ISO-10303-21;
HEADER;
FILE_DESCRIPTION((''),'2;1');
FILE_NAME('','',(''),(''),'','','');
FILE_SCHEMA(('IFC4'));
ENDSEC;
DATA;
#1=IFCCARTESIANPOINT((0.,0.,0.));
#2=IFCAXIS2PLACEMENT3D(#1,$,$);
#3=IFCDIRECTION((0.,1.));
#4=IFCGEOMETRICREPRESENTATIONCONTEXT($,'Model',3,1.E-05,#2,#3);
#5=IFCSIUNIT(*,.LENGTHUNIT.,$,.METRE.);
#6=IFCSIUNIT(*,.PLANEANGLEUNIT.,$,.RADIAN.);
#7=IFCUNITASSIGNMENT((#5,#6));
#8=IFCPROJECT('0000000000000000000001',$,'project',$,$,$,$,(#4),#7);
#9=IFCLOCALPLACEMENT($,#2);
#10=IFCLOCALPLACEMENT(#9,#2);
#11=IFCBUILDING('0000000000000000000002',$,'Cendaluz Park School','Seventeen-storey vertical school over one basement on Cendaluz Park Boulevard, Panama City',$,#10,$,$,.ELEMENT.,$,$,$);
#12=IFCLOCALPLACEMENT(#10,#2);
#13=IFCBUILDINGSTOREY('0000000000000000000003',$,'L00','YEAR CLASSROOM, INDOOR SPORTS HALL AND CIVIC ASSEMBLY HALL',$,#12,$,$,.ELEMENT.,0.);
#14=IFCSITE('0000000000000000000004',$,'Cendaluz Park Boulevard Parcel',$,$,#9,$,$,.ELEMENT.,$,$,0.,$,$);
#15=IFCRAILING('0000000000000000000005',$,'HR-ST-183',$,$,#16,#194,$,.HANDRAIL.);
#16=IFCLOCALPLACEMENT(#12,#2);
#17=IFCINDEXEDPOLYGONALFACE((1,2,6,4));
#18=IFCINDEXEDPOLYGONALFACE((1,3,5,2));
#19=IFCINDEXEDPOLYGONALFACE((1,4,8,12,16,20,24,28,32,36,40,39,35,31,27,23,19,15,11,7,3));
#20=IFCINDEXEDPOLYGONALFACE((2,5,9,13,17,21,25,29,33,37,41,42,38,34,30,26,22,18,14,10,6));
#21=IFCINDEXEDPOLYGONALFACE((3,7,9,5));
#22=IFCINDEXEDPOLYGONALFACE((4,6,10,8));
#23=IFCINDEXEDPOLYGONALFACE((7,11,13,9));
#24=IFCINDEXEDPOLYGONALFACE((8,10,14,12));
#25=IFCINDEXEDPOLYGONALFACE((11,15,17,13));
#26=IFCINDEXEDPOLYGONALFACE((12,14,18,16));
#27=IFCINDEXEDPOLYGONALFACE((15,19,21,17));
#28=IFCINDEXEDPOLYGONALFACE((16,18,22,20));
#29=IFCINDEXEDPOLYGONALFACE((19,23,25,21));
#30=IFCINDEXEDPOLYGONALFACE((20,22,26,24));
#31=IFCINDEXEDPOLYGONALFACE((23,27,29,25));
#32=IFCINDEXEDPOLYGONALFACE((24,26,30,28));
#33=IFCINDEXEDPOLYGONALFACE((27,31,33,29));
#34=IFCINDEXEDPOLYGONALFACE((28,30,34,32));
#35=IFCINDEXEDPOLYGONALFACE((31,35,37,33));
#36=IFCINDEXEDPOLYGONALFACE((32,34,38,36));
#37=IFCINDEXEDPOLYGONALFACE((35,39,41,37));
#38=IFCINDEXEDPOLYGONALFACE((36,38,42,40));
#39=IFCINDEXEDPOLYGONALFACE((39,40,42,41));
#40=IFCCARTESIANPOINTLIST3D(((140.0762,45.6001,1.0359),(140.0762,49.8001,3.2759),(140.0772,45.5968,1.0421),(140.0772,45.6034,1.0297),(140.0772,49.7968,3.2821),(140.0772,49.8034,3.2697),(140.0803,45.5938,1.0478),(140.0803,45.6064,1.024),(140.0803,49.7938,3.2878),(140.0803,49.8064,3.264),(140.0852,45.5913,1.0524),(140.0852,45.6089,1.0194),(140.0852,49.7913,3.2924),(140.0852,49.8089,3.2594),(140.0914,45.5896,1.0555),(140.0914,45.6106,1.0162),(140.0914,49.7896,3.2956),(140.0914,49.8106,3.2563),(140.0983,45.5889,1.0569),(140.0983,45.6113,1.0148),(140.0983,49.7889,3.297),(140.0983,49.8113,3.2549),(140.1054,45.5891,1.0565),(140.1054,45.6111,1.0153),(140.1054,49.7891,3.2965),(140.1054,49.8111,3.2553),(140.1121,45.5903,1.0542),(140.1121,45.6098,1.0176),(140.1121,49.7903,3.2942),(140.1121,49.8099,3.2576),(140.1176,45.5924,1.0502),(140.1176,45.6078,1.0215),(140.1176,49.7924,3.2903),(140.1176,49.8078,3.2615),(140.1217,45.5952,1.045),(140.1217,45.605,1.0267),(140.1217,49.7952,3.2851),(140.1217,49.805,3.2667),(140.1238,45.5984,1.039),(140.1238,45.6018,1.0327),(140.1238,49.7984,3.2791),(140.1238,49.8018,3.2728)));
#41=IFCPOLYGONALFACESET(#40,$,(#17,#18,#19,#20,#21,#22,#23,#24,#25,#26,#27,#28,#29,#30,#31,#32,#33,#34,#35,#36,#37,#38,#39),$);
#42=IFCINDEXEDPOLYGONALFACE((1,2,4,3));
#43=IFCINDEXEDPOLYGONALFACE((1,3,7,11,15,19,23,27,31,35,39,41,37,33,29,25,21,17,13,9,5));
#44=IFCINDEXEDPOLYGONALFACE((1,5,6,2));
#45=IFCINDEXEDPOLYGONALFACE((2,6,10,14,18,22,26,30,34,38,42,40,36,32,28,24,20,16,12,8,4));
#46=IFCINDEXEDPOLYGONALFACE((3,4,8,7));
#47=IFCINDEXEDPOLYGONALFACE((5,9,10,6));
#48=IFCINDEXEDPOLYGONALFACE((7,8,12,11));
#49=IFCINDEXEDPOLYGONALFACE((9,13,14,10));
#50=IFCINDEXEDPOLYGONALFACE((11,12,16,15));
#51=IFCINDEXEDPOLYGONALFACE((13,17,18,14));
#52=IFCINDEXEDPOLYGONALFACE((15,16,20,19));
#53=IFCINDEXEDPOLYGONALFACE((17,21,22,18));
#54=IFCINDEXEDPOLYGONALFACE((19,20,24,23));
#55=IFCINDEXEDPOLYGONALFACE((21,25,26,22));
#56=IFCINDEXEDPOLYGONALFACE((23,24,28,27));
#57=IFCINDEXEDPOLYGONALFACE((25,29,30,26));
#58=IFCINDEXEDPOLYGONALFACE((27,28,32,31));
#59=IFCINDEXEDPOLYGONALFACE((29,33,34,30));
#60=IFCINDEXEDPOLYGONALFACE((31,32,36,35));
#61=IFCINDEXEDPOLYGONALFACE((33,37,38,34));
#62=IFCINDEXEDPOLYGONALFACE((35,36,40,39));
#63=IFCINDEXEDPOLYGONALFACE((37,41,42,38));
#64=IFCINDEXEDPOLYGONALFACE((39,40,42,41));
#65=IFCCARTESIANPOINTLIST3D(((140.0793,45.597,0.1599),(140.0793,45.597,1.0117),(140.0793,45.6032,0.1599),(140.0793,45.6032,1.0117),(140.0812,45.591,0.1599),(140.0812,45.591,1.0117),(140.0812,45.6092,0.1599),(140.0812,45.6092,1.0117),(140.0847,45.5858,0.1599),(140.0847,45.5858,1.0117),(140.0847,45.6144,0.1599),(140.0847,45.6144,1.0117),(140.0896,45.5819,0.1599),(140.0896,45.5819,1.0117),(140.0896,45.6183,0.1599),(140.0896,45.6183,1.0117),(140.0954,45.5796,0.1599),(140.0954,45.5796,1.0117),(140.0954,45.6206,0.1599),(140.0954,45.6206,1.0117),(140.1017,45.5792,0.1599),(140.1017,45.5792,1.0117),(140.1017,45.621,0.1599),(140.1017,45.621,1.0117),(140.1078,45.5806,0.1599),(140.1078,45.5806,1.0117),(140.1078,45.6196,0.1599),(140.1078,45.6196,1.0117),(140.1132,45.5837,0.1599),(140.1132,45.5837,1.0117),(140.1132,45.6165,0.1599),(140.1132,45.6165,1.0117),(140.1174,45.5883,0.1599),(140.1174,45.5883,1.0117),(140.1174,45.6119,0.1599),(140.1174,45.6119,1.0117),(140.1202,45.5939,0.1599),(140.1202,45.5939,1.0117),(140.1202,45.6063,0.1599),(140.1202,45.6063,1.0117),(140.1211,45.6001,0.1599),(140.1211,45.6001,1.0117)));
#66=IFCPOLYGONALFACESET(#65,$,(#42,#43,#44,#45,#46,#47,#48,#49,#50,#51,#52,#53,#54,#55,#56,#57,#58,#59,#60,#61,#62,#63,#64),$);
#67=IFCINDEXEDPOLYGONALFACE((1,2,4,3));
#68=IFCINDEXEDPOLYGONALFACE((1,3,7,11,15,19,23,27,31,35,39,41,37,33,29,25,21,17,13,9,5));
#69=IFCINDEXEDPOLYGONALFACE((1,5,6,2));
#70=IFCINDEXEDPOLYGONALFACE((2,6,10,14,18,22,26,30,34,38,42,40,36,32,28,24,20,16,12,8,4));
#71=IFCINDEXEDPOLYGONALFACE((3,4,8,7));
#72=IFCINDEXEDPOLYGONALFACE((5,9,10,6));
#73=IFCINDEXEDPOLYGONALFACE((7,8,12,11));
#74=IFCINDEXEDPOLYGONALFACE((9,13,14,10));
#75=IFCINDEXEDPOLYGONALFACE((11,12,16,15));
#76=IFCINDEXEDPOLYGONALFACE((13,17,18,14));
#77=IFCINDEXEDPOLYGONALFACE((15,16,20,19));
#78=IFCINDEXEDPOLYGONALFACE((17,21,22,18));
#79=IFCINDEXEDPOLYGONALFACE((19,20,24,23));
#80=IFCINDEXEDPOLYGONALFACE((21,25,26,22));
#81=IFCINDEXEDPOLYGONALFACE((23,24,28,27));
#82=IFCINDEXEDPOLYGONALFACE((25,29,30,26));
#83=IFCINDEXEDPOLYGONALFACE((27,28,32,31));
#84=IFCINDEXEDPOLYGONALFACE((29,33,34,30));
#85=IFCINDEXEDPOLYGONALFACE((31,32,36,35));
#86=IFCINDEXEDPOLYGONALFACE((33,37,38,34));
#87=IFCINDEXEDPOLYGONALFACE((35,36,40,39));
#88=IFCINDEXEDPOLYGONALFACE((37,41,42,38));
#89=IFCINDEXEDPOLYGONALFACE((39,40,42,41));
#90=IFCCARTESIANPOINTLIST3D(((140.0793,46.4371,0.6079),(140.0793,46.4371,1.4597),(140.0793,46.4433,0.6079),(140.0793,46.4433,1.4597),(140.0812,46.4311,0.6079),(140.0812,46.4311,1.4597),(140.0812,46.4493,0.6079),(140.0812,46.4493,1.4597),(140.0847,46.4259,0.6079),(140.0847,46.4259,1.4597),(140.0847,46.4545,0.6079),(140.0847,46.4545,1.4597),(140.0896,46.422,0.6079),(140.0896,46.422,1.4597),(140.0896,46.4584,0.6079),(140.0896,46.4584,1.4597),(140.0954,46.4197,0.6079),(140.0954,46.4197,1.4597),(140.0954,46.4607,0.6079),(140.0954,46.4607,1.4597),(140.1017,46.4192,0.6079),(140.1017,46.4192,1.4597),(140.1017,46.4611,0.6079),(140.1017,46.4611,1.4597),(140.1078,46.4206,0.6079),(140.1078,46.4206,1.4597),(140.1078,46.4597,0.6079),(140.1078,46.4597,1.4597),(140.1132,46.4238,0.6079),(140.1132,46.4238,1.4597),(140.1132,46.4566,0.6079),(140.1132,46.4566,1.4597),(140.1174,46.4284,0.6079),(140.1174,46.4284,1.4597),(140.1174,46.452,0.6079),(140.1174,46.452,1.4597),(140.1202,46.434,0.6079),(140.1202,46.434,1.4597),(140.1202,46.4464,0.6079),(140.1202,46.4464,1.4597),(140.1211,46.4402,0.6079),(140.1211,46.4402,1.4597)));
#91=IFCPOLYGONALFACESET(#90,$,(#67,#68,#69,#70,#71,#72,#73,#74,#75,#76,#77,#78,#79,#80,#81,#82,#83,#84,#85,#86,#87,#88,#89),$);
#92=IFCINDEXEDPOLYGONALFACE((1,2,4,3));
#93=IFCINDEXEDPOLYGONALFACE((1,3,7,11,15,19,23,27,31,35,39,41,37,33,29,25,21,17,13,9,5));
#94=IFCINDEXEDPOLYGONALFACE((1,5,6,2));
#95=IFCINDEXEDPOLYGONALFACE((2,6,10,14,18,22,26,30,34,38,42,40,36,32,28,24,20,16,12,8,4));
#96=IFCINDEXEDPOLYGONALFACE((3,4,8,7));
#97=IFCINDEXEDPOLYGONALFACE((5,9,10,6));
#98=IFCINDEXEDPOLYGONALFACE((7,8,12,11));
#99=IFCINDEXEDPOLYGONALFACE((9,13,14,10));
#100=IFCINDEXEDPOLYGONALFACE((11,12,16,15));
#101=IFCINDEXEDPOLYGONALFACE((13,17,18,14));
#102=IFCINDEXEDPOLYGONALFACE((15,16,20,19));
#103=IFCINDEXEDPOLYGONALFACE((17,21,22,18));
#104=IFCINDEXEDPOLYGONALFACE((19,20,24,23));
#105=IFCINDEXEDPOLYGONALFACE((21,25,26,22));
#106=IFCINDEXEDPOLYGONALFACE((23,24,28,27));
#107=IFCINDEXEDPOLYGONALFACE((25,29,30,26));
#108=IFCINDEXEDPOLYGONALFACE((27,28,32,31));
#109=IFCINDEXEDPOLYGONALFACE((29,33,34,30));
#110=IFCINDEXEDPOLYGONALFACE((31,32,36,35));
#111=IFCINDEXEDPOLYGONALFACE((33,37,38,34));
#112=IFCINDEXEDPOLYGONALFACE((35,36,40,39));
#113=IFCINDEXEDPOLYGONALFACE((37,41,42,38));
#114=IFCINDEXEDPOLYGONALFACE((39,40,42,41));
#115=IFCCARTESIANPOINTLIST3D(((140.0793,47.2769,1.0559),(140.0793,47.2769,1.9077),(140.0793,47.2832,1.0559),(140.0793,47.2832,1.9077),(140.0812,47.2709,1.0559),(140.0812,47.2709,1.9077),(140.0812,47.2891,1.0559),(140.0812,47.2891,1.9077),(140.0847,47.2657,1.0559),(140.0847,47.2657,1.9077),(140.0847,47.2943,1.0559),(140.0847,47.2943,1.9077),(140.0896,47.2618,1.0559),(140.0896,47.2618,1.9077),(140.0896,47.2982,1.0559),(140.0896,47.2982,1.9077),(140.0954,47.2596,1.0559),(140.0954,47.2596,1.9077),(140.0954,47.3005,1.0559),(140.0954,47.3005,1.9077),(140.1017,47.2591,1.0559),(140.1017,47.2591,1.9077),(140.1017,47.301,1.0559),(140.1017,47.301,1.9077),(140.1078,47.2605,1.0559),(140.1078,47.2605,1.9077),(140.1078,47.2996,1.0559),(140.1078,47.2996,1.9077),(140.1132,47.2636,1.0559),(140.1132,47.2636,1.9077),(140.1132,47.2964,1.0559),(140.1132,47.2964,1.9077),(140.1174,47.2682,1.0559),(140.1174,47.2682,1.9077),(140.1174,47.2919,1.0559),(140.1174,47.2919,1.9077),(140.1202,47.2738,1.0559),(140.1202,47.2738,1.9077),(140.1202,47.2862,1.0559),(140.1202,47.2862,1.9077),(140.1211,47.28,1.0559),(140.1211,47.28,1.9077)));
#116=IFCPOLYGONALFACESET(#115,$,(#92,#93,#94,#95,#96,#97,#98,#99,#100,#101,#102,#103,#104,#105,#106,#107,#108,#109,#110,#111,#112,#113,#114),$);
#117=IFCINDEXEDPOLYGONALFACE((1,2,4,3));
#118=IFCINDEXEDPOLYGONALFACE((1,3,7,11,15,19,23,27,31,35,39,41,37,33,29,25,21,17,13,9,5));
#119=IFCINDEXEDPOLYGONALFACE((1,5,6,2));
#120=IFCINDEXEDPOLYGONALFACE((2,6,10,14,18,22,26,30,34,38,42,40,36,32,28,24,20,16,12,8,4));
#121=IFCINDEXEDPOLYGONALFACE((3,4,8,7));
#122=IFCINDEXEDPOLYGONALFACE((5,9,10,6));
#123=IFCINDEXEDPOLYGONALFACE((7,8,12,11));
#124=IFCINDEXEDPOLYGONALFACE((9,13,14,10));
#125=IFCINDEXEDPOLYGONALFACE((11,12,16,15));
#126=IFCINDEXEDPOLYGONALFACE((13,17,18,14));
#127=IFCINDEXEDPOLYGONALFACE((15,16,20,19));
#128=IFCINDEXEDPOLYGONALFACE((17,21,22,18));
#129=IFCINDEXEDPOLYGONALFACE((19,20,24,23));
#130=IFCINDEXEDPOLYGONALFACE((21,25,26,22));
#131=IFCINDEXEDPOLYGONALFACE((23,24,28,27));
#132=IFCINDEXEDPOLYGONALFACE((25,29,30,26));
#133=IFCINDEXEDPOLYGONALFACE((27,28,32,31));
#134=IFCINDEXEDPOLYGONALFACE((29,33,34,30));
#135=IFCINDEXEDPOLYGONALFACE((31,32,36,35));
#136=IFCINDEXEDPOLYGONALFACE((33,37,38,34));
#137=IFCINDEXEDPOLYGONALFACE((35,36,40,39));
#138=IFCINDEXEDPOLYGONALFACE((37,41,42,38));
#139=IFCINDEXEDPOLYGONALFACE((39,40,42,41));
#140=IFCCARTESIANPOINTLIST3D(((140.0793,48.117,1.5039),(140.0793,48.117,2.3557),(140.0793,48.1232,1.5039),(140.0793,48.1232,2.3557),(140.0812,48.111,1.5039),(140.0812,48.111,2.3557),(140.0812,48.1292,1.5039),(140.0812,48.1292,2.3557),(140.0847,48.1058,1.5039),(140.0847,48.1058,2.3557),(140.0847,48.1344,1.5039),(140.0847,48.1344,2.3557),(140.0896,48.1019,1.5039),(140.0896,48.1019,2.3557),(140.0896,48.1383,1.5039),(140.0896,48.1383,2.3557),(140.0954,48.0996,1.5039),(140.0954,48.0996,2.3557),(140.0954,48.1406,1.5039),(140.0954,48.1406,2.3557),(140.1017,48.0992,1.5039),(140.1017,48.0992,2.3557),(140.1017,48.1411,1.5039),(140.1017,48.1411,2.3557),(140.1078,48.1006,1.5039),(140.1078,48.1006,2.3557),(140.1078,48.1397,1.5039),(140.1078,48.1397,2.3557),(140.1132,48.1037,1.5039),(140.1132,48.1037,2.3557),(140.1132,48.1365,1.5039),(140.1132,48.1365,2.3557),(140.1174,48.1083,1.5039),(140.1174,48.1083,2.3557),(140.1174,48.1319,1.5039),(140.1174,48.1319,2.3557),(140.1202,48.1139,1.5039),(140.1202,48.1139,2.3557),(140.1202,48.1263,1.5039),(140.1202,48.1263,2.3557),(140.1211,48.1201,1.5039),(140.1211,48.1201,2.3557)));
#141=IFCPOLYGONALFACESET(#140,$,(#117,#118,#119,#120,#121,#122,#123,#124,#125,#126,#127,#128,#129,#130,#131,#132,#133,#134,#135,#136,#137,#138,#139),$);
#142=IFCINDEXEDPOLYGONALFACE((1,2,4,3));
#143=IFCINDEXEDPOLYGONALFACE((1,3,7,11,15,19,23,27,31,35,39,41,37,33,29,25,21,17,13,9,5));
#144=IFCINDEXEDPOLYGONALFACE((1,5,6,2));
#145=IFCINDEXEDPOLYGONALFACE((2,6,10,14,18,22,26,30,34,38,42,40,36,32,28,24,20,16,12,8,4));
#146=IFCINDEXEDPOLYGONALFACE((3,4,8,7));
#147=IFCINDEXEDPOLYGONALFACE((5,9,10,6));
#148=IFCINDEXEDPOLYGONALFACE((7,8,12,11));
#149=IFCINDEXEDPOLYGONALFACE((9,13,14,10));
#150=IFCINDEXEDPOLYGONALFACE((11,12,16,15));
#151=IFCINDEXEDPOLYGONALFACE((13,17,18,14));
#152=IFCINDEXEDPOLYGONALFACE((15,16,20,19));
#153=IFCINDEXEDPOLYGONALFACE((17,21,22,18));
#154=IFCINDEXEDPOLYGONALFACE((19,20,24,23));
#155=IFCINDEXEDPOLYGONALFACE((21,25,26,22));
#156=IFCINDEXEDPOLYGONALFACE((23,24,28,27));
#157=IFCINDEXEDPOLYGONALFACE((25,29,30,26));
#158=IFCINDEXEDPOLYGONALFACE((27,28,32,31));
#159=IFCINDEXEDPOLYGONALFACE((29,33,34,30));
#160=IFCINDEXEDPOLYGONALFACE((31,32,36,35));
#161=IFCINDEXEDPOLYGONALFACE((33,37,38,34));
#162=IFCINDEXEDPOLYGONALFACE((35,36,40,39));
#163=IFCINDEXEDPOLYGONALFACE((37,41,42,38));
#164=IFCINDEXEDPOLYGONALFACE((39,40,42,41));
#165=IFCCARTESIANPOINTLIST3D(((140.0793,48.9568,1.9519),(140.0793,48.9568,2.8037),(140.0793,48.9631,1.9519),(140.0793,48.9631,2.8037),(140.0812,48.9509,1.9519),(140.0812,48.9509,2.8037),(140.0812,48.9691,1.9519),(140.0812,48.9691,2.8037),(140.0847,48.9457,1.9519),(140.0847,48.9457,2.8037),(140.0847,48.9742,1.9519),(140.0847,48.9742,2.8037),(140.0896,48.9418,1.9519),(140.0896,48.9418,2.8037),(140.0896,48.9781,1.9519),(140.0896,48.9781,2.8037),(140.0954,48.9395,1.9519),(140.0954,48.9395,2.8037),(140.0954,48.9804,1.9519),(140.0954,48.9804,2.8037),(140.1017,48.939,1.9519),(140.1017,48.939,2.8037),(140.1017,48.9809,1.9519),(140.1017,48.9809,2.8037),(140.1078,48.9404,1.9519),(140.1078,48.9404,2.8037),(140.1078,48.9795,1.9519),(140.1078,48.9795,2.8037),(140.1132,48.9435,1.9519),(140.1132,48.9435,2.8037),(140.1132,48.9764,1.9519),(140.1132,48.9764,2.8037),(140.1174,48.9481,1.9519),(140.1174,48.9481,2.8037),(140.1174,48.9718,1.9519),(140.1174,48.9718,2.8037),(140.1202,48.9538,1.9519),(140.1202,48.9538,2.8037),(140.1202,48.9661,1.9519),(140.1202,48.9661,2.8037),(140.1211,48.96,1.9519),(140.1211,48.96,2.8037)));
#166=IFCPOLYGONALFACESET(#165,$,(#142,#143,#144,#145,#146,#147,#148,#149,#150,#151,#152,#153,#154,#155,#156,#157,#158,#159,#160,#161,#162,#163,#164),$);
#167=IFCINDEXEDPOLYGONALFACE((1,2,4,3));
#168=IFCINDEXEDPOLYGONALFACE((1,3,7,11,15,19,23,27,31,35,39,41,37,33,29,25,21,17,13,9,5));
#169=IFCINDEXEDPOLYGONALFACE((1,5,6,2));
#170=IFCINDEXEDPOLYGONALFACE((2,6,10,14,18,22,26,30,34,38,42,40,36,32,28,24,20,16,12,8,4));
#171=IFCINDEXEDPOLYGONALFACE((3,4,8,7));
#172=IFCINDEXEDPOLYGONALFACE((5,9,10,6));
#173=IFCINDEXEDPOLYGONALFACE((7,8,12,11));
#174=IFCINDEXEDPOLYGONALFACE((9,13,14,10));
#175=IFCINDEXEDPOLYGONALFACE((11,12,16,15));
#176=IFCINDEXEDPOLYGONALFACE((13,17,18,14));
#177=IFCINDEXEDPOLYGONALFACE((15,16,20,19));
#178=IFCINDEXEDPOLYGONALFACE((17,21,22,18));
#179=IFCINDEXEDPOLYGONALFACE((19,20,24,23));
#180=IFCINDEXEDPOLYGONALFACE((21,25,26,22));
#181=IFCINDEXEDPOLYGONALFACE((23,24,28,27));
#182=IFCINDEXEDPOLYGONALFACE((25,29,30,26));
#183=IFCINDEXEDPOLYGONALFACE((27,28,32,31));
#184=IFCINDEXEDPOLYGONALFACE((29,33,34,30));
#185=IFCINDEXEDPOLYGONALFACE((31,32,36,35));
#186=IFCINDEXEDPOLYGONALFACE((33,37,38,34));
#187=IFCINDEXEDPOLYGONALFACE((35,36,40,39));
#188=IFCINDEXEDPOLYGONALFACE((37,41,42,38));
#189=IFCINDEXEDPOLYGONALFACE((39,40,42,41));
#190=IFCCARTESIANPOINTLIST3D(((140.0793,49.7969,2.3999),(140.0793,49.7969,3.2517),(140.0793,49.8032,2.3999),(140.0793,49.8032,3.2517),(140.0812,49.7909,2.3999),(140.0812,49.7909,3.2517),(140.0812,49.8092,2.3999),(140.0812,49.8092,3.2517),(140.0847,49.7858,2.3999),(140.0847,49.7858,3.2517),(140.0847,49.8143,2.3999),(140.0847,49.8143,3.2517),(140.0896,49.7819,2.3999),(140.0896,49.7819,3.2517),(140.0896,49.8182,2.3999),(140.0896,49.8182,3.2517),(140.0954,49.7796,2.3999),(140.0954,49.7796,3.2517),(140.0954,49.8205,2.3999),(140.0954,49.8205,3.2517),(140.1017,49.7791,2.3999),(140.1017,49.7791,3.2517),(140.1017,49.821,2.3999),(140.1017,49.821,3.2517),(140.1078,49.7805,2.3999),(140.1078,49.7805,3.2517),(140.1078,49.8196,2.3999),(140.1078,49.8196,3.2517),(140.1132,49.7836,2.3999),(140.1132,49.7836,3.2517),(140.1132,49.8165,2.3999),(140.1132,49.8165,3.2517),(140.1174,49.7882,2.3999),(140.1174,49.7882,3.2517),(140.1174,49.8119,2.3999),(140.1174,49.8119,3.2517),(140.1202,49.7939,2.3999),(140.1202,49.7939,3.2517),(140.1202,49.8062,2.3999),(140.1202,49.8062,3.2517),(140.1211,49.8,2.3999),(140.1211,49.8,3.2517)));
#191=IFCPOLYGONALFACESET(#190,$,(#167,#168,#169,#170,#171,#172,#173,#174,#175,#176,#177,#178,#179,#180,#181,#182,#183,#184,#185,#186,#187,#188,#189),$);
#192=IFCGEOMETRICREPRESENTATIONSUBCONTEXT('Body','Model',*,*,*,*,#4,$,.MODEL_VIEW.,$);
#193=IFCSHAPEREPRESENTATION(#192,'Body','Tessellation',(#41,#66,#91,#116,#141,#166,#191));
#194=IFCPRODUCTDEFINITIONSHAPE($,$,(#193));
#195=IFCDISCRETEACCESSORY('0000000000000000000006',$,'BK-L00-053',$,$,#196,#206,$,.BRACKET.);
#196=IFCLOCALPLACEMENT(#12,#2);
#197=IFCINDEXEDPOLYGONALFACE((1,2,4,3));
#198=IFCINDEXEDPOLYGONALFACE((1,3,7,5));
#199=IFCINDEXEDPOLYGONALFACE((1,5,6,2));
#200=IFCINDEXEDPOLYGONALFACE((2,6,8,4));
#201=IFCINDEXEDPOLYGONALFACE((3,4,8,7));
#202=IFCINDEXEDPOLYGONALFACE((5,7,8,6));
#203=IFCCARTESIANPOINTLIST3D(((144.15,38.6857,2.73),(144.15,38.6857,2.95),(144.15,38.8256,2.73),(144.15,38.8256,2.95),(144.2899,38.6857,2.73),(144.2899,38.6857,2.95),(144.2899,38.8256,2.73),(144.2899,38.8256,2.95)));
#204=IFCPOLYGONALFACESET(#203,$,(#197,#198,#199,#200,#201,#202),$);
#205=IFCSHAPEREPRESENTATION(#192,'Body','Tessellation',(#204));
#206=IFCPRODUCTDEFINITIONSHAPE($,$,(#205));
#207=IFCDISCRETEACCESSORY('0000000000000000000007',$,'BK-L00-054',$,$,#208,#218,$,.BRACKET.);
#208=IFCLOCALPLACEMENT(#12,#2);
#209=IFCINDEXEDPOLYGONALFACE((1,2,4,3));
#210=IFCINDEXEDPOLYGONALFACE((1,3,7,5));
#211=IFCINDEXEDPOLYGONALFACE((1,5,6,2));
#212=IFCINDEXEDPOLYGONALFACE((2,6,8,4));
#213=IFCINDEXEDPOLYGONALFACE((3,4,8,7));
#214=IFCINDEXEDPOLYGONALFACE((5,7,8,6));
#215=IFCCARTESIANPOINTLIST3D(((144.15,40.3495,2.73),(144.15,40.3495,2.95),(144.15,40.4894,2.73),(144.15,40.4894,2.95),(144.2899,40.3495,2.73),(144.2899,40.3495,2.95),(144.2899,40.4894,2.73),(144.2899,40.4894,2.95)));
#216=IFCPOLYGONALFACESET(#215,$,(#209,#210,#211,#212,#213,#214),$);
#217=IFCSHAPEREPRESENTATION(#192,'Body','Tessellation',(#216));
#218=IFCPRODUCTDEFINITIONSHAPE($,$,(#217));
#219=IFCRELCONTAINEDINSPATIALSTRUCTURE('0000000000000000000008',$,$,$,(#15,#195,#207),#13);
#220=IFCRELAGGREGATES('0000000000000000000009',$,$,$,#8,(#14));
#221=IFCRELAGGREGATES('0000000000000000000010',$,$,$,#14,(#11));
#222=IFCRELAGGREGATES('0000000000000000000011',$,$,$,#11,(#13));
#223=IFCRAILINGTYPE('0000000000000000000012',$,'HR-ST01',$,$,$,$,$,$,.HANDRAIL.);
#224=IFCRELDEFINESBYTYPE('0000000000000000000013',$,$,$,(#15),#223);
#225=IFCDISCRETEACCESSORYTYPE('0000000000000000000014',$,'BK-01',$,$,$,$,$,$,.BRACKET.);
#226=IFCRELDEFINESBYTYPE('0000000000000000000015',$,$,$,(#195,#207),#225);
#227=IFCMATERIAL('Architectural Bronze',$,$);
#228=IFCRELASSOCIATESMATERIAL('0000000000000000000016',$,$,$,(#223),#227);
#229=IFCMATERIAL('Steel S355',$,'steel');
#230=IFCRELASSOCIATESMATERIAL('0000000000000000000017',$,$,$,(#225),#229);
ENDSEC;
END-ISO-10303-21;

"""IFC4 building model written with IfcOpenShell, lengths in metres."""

from ifc_helpers import new_model, si_unit, direction, frame, origin, origin_2d, place, context, subcontext, project, spatial, rectangle, circle, extrude, material, type_object, element, save


model = new_model("IFC4")

# Units and contexts
model_context = context("Model", 3, precision=1e-05, world=origin(), true_north=direction((0.0, 1.0)))
body_context = subcontext(model_context, "Body", "Model", "MODEL_VIEW")
ifc_project = project(units=[si_unit("LENGTHUNIT", "METRE"), si_unit("PLANEANGLEUNIT", "RADIAN")], contexts=[model_context])

# Site, building, storey
site_placement = place(None, origin())
site = spatial("IfcSite", under=ifc_project, at=site_placement, Name="Cendaluz Park Boulevard Parcel", CompositionType="ELEMENT", RefElevation=0.0)
building_placement = place(site_placement, origin())
building = spatial("IfcBuilding", under=site, at=building_placement, Name="Cendaluz Park School", Description="Seventeen-storey vertical school over one basement on Cendaluz Park Boulevard, Panama City", CompositionType="ELEMENT")
storey_placement = place(building_placement, origin())
storey = spatial("IfcBuildingStorey", under=building, at=storey_placement, Name="L00", Description="YEAR CLASSROOM, INDOOR SPORTS HALL AND CIVIC ASSEMBLY HALL", CompositionType="ELEMENT", Elevation=0.0)

# Railing
ifc_material_1 = material(Name="Architectural Bronze")
railing_type_1 = type_object("IfcRailingType", Name="HR-ST01", PredefinedType="HANDRAIL", material=ifc_material_1)
railing_1_placement = place(storey_placement, frame((140.1001, 45.6001, 0.1599)))
element("IfcRailing", 1, at=railing_1_placement, inside=storey, type_object=railing_type_1, Name="HR-ST-183", PredefinedType="HANDRAIL", context=body_context, shape_type="SweptSolid", body=[
    extrude(circle(Radius=0.0239, at=origin_2d()), frame((0.0, 0.0, 0.876), z_axis=(0.0, 0.882352, 0.470591), x_axis=(-1.0, 0.0, 0.0)), (0.0, 0.0, 1.0), 4.76),
    extrude(circle(Radius=0.021, at=origin_2d()), origin(), (0.0, 0.0, 1.0), 0.8518),
    extrude(circle(Radius=0.021, at=origin_2d()), frame((0.0, 0.8401, 0.448)), (0.0, 0.0, 1.0), 0.8518),
    extrude(circle(Radius=0.021, at=origin_2d()), frame((0.0, 1.6799, 0.896)), (0.0, 0.0, 1.0), 0.8518),
    extrude(circle(Radius=0.021, at=origin_2d()), frame((0.0, 2.52, 1.344)), (0.0, 0.0, 1.0), 0.8518),
    extrude(circle(Radius=0.021, at=origin_2d()), frame((0.0, 3.3599, 1.792)), (0.0, 0.0, 1.0), 0.8518),
    extrude(circle(Radius=0.021, at=origin_2d()), frame((0.0, 4.2, 2.24)), (0.0, 0.0, 1.0), 0.8518),
])

# Discrete accessories
ifc_material_2 = material(Name="Steel S355", Category="steel")
discrete_accessory_type = type_object("IfcDiscreteAccessoryType", Name="BK-01", PredefinedType="BRACKET", material=ifc_material_2)
for number, where, z_axis, x_axis, name in (
    (2, (144.22, 38.7556, 2.73), (0.0, 0.0, 1.0), (0.0, 1.0, 0.0), "BK-L00-053"),
    (3, (144.22, 40.4194, 2.73), (0.0, 0.0, 1.0), (0.0, 1.0, 0.0), "BK-L00-054"),
):
    element("IfcDiscreteAccessory", number, at=place(storey_placement, frame(where, z_axis=z_axis, x_axis=x_axis)), inside=storey, type_object=discrete_accessory_type, Name=name, PredefinedType="BRACKET", context=body_context, shape_type="SweptSolid", body=[
        extrude(rectangle(XDim=0.1399, YDim=0.1399, at=origin_2d()), origin(), (0.0, 0.0, 1.0), 0.22),
    ])

save(model, "model.ifc")
